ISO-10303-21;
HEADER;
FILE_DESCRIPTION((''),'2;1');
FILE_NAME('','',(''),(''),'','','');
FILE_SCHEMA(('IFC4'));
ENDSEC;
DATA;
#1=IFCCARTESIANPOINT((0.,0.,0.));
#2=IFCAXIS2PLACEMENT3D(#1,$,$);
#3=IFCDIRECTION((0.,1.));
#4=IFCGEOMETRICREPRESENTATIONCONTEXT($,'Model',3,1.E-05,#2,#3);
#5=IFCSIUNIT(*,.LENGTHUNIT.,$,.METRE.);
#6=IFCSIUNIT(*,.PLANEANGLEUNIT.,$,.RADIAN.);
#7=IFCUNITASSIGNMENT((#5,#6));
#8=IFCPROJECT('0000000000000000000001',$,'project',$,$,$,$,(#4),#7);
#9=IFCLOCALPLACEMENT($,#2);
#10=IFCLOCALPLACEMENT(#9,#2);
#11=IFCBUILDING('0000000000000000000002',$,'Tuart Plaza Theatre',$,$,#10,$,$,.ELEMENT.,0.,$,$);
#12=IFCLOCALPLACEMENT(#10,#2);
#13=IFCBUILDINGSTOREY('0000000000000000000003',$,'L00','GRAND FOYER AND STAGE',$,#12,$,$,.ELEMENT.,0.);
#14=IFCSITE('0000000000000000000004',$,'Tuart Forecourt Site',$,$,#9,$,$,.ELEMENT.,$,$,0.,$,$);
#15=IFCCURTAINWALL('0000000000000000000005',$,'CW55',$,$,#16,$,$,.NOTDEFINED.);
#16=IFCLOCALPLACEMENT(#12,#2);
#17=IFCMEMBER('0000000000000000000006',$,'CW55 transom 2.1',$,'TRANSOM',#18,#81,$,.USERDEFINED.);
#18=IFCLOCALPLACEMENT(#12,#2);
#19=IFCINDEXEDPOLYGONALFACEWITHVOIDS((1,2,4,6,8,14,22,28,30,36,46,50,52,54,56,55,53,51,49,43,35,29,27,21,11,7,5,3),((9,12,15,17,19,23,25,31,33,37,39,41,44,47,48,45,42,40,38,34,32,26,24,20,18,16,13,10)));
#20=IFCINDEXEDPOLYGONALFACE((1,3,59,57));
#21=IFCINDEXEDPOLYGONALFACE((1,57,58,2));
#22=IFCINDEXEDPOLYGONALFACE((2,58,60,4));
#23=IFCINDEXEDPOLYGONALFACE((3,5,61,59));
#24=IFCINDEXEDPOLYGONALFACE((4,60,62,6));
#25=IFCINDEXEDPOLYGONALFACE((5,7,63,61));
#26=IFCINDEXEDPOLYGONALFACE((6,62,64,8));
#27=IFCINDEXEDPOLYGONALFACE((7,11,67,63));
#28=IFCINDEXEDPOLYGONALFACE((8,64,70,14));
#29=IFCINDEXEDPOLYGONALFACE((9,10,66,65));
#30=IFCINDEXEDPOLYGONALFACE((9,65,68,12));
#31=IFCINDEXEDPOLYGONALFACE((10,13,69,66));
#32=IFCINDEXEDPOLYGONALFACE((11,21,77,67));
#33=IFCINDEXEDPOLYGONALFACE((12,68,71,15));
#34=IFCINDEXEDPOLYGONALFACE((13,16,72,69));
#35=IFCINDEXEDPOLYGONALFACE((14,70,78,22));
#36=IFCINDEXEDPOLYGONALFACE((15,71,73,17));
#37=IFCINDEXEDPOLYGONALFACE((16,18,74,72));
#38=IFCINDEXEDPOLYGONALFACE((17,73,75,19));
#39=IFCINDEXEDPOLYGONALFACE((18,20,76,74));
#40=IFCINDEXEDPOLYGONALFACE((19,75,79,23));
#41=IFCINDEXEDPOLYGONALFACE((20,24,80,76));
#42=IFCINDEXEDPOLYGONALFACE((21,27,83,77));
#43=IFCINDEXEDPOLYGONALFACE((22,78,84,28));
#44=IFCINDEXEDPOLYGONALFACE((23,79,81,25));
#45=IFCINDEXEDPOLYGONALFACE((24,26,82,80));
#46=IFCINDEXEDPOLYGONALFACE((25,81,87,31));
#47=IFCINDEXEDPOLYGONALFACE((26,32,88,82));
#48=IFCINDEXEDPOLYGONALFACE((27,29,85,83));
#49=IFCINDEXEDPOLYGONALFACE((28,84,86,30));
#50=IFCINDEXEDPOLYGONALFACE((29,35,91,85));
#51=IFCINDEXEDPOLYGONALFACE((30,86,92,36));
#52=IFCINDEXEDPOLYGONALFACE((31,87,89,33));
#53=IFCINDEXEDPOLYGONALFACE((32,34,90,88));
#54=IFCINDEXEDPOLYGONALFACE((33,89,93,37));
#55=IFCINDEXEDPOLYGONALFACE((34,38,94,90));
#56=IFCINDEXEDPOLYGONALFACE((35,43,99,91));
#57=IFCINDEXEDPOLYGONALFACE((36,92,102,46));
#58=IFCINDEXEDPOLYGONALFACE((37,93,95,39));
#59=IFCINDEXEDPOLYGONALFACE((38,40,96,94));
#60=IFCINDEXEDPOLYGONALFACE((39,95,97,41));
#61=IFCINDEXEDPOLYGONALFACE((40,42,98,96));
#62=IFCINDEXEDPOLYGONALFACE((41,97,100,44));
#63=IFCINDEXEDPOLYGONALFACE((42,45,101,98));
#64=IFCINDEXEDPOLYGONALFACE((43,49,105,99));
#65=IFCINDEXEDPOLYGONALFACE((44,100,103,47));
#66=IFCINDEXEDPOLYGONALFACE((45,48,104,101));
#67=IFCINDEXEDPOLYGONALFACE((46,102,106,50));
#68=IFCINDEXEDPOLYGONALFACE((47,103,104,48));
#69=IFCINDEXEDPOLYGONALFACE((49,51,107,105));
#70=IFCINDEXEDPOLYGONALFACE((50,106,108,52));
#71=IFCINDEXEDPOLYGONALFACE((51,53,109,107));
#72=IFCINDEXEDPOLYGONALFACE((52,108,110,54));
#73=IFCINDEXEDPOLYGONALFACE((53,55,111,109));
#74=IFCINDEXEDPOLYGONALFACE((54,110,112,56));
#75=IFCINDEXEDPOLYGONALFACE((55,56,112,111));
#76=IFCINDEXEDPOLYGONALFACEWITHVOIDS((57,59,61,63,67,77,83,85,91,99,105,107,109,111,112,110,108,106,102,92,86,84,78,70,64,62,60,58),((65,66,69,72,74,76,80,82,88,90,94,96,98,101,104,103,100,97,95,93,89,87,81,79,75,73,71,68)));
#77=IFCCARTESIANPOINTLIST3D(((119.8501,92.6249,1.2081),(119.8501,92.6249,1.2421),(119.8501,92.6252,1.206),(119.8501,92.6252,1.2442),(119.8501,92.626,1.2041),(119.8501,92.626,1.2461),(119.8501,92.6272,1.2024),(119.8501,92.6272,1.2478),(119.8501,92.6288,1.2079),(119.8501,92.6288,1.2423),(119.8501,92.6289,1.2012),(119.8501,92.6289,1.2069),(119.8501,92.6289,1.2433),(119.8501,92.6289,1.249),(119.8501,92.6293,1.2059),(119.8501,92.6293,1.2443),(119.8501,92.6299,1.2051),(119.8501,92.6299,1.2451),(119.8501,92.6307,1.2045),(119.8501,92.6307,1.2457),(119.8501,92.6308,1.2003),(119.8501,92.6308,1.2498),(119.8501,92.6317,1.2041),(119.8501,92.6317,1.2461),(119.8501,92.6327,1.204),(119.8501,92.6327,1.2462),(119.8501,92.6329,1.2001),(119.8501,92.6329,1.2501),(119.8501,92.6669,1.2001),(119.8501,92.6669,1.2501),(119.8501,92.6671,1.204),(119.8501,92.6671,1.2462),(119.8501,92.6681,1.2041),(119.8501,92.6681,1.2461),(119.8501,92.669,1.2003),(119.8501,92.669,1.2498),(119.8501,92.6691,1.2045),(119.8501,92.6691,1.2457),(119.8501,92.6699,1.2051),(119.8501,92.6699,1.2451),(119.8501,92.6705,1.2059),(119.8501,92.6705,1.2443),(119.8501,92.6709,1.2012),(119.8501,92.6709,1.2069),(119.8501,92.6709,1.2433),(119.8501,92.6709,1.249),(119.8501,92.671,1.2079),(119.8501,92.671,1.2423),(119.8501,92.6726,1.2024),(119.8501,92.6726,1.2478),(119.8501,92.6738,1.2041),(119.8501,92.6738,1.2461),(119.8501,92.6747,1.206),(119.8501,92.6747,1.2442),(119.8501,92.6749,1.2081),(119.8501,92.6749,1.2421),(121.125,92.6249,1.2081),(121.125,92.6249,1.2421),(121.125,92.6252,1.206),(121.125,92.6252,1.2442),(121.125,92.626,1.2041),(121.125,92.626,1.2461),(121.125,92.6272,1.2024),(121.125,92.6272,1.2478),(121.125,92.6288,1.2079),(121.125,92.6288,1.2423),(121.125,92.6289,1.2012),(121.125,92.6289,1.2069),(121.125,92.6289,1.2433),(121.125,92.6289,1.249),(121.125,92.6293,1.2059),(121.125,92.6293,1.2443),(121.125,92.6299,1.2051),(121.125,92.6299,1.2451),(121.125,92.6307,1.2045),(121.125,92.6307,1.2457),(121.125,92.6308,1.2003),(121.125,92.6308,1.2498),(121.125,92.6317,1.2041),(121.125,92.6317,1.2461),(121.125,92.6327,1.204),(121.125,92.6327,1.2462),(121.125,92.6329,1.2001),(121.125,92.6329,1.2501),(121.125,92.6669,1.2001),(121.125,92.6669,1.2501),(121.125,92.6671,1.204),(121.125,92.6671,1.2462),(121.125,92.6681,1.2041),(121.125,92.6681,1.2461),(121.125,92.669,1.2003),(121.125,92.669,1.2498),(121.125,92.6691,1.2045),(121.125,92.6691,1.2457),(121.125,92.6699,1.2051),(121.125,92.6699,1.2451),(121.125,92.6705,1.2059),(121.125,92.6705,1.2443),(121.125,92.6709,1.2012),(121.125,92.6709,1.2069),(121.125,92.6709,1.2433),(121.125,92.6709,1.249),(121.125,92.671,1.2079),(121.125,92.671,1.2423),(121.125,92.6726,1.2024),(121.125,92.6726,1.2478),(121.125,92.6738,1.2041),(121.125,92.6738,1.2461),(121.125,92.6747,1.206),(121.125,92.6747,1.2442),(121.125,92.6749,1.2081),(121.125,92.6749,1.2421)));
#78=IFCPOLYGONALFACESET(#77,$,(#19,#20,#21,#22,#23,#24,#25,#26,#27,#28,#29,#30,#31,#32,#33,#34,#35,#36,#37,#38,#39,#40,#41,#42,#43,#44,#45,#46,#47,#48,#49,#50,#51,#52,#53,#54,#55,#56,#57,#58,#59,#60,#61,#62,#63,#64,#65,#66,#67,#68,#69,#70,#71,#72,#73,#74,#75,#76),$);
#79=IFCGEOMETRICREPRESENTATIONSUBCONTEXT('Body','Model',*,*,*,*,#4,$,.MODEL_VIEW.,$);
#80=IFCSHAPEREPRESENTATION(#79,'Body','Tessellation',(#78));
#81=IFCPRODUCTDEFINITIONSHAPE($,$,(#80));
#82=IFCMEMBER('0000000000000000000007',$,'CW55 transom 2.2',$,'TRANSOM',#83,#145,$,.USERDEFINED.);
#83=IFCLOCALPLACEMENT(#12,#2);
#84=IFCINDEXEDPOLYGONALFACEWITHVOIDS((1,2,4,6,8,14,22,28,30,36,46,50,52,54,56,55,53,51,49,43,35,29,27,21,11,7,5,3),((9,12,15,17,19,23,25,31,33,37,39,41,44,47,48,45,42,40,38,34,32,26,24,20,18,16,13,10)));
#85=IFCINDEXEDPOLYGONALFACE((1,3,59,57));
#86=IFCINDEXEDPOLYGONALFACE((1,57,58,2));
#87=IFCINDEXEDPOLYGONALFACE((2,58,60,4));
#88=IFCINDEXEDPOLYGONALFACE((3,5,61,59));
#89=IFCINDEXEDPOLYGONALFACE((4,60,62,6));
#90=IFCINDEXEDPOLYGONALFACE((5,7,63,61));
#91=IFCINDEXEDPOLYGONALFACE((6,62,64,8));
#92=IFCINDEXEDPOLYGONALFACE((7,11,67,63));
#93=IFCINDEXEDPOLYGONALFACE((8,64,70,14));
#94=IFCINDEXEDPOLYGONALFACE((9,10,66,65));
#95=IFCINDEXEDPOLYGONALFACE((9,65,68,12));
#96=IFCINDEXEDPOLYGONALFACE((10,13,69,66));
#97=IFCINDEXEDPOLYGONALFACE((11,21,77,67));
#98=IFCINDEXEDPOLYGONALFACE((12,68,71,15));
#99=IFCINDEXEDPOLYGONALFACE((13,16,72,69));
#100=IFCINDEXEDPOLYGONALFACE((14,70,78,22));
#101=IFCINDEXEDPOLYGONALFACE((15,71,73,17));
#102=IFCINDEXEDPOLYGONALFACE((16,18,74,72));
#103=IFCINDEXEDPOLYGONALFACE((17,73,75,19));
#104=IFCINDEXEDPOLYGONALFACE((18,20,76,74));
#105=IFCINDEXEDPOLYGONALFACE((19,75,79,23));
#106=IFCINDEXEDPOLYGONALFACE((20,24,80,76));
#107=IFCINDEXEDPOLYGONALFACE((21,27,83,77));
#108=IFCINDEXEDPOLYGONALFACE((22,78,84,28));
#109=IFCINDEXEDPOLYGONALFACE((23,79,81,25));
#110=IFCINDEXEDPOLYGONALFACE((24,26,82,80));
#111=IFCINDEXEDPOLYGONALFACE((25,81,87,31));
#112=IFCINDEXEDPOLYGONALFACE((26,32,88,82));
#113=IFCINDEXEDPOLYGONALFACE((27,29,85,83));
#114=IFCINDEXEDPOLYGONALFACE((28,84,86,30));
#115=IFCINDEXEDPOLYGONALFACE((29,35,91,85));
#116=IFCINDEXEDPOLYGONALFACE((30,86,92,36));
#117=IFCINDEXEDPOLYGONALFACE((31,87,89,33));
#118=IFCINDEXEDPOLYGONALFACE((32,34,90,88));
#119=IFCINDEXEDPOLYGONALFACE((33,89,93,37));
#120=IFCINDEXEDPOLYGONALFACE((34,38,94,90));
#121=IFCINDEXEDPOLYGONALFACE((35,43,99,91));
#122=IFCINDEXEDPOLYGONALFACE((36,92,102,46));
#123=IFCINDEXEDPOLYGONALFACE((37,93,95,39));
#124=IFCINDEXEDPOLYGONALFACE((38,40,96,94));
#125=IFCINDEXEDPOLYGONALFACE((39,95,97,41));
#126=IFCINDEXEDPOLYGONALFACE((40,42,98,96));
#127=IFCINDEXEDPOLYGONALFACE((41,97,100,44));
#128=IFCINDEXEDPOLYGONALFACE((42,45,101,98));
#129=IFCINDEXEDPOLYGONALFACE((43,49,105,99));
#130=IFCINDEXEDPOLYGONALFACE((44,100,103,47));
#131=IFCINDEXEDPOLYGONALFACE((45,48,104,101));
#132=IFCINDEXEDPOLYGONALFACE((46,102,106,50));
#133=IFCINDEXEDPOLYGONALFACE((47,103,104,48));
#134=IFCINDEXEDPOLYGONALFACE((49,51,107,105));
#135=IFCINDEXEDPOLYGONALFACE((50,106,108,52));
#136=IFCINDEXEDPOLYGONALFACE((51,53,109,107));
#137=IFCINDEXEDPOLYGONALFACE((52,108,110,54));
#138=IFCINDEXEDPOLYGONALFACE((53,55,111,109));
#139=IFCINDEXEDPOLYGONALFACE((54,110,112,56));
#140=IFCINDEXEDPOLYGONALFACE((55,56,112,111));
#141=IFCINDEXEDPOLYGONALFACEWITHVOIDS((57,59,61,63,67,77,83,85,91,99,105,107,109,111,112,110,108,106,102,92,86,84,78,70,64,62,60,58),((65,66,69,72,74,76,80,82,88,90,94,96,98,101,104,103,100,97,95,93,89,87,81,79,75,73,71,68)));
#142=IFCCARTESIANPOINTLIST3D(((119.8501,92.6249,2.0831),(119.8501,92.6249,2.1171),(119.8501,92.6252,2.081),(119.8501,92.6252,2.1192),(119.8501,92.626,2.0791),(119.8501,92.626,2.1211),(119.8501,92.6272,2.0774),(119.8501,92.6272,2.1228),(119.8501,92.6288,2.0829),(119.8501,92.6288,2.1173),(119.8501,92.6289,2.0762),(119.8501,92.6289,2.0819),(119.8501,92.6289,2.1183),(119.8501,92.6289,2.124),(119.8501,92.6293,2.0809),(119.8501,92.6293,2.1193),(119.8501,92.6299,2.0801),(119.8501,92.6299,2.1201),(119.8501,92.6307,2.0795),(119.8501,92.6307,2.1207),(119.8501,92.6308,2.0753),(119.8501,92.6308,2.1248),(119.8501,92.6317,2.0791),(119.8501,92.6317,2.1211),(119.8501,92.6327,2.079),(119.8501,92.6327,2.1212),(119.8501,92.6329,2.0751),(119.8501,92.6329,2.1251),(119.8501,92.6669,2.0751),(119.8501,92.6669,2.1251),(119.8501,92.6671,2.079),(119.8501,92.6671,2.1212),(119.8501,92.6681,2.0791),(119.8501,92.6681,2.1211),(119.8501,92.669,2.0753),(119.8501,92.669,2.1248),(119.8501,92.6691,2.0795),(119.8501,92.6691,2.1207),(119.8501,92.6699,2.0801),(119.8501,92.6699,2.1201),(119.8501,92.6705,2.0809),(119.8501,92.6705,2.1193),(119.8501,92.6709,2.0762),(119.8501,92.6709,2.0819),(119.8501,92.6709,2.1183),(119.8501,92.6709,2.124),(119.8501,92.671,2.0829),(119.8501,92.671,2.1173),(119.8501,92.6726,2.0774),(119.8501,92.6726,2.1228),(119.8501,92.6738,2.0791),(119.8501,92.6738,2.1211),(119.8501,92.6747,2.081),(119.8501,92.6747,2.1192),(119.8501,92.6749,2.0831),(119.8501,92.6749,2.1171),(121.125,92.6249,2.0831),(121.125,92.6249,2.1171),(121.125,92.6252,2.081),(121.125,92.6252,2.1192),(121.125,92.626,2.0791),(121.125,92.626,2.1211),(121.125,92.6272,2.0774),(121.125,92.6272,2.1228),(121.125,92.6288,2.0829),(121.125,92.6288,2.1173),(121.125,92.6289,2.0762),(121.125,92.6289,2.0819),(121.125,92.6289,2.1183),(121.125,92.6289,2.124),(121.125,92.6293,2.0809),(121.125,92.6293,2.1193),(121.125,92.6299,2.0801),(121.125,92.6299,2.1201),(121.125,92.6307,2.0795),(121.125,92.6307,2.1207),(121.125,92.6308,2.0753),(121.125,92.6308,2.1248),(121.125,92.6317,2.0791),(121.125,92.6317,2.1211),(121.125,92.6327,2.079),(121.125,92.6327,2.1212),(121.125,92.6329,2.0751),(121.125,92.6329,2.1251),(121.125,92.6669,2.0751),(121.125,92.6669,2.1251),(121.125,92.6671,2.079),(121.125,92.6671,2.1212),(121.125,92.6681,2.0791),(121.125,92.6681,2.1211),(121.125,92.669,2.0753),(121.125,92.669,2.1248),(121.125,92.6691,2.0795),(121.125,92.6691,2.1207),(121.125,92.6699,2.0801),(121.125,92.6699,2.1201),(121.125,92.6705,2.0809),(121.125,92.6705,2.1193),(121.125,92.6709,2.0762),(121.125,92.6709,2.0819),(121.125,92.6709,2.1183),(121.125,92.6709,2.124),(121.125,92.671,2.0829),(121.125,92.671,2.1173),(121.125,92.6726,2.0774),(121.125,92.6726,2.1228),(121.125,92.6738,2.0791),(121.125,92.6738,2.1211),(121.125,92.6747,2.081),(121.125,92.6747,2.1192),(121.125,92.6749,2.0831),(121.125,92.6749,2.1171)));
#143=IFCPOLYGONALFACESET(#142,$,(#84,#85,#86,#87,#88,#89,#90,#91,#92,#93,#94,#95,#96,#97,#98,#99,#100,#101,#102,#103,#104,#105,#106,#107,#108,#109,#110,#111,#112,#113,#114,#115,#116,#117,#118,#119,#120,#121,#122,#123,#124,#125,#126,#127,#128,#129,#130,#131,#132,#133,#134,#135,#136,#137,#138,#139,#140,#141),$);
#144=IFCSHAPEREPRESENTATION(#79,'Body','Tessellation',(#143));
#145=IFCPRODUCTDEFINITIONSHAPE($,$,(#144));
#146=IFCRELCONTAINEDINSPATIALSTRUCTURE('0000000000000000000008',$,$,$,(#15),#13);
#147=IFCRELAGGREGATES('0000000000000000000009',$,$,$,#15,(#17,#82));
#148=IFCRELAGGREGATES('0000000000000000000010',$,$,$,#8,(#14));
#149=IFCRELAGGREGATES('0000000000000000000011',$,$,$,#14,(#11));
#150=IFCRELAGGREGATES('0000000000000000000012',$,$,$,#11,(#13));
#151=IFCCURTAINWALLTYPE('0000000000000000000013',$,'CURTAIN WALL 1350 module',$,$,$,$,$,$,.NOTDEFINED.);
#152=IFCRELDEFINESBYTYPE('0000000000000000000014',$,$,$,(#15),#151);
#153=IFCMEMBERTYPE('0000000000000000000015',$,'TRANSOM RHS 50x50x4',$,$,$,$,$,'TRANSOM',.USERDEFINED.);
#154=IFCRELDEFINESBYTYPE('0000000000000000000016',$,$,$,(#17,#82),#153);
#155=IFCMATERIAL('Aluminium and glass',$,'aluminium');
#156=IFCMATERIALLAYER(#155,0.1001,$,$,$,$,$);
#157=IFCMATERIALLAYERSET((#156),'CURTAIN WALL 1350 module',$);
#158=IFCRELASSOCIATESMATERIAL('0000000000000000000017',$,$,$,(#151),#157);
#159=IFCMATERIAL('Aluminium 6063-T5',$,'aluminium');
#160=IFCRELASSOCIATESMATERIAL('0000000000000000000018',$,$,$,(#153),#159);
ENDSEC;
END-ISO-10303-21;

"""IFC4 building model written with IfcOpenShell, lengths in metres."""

from ifc_helpers import new_model, si_unit, direction, frame, origin, origin_2d, place, context, subcontext, project, spatial, hollow_rectangle, extrude, material, layer, layer_set, material_profile, profile_set, type_object, element, aggregate, save


model = new_model("IFC4")

# Units and contexts
model_context = context("Model", 3, precision=1e-05, world=origin(), true_north=direction((0.0, 1.0)))
body_context = subcontext(model_context, "Body", "Model", "MODEL_VIEW")
ifc_project = project(units=[si_unit("LENGTHUNIT", "METRE"), si_unit("PLANEANGLEUNIT", "RADIAN")], contexts=[model_context])

# Site, building, storey
site_placement = place(None, origin())
site = spatial("IfcSite", under=ifc_project, at=site_placement, Name="Tuart Forecourt Site", CompositionType="ELEMENT", RefElevation=0.0)
building_placement = place(site_placement, origin())
building = spatial("IfcBuilding", under=site, at=building_placement, Name="Tuart Plaza Theatre", CompositionType="ELEMENT", ElevationOfRefHeight=0.0)
storey_placement = place(building_placement, origin())
storey = spatial("IfcBuildingStorey", under=building, at=storey_placement, Name="L00", Description="GRAND FOYER AND STAGE", CompositionType="ELEMENT", Elevation=0.0)

# Curtain wall, members
ifc_material_1 = material(Name="Aluminium and glass", Category="aluminium")
ifc_layer_1 = layer(ifc_material_1, 0.1001)
ifc_layer_set_1 = layer_set([ifc_layer_1], Name="CURTAIN WALL 1350 module")
curtain_wall_type = type_object("IfcCurtainWallType", Name="CURTAIN WALL 1350 module", PredefinedType="NOTDEFINED", material=ifc_layer_set_1)
curtain_wall_placement = place(storey_placement, origin())
curtain_wall = element("IfcCurtainWall", 1, at=curtain_wall_placement, inside=storey, type_object=curtain_wall_type, Name="CW55", PredefinedType="NOTDEFINED")
ifc_material_2 = material(Name="Aluminium 6063-T5", Category="aluminium")
ifc_material_profile_1 = material_profile(ifc_material_2, hollow_rectangle(XDim=0.05, YDim=0.05, WallThickness=0.0039, InnerFilletRadius=0.0039, OuterFilletRadius=0.0081, at=origin_2d()), Name="RHS 50x50x4")
ifc_profile_set_1 = profile_set([ifc_material_profile_1], Name="Aluminium 6063-T5")
member_type_1 = type_object("IfcMemberType", Name="TRANSOM RHS 50x50x4", ElementType="TRANSOM", PredefinedType="USERDEFINED", material=ifc_profile_set_1)
member_1_placement = place(storey_placement, frame((121.125, 92.6499, 1.2251), z_axis=(-1.0, 0.0, 0.0), x_axis=(0.0, -1.0, 0.0)))
member_1 = element("IfcMember", 2, at=member_1_placement, type_object=member_type_1, Name="CW55 transom 2.1", ObjectType="TRANSOM", PredefinedType="USERDEFINED", context=body_context, shape_type="SweptSolid", body=[
    extrude(hollow_rectangle(XDim=0.05, YDim=0.05, WallThickness=0.0039, InnerFilletRadius=0.0039, OuterFilletRadius=0.0081, at=origin_2d()), origin(), (0.0, 0.0, 1.0), 1.2749),
])
member_2_placement = place(storey_placement, frame((121.125, 92.6499, 2.1001), z_axis=(-1.0, 0.0, 0.0), x_axis=(0.0, -1.0, 0.0)))
member_2 = element("IfcMember", 3, at=member_2_placement, type_object=member_type_1, Name="CW55 transom 2.2", ObjectType="TRANSOM", PredefinedType="USERDEFINED", context=body_context, shape_type="SweptSolid", body=[
    extrude(hollow_rectangle(XDim=0.05, YDim=0.05, WallThickness=0.0039, InnerFilletRadius=0.0039, OuterFilletRadius=0.0081, at=origin_2d()), origin(), (0.0, 0.0, 1.0), 1.2749),
])
aggregate(curtain_wall, [member_1, member_2])

save(model, "model.ifc")
